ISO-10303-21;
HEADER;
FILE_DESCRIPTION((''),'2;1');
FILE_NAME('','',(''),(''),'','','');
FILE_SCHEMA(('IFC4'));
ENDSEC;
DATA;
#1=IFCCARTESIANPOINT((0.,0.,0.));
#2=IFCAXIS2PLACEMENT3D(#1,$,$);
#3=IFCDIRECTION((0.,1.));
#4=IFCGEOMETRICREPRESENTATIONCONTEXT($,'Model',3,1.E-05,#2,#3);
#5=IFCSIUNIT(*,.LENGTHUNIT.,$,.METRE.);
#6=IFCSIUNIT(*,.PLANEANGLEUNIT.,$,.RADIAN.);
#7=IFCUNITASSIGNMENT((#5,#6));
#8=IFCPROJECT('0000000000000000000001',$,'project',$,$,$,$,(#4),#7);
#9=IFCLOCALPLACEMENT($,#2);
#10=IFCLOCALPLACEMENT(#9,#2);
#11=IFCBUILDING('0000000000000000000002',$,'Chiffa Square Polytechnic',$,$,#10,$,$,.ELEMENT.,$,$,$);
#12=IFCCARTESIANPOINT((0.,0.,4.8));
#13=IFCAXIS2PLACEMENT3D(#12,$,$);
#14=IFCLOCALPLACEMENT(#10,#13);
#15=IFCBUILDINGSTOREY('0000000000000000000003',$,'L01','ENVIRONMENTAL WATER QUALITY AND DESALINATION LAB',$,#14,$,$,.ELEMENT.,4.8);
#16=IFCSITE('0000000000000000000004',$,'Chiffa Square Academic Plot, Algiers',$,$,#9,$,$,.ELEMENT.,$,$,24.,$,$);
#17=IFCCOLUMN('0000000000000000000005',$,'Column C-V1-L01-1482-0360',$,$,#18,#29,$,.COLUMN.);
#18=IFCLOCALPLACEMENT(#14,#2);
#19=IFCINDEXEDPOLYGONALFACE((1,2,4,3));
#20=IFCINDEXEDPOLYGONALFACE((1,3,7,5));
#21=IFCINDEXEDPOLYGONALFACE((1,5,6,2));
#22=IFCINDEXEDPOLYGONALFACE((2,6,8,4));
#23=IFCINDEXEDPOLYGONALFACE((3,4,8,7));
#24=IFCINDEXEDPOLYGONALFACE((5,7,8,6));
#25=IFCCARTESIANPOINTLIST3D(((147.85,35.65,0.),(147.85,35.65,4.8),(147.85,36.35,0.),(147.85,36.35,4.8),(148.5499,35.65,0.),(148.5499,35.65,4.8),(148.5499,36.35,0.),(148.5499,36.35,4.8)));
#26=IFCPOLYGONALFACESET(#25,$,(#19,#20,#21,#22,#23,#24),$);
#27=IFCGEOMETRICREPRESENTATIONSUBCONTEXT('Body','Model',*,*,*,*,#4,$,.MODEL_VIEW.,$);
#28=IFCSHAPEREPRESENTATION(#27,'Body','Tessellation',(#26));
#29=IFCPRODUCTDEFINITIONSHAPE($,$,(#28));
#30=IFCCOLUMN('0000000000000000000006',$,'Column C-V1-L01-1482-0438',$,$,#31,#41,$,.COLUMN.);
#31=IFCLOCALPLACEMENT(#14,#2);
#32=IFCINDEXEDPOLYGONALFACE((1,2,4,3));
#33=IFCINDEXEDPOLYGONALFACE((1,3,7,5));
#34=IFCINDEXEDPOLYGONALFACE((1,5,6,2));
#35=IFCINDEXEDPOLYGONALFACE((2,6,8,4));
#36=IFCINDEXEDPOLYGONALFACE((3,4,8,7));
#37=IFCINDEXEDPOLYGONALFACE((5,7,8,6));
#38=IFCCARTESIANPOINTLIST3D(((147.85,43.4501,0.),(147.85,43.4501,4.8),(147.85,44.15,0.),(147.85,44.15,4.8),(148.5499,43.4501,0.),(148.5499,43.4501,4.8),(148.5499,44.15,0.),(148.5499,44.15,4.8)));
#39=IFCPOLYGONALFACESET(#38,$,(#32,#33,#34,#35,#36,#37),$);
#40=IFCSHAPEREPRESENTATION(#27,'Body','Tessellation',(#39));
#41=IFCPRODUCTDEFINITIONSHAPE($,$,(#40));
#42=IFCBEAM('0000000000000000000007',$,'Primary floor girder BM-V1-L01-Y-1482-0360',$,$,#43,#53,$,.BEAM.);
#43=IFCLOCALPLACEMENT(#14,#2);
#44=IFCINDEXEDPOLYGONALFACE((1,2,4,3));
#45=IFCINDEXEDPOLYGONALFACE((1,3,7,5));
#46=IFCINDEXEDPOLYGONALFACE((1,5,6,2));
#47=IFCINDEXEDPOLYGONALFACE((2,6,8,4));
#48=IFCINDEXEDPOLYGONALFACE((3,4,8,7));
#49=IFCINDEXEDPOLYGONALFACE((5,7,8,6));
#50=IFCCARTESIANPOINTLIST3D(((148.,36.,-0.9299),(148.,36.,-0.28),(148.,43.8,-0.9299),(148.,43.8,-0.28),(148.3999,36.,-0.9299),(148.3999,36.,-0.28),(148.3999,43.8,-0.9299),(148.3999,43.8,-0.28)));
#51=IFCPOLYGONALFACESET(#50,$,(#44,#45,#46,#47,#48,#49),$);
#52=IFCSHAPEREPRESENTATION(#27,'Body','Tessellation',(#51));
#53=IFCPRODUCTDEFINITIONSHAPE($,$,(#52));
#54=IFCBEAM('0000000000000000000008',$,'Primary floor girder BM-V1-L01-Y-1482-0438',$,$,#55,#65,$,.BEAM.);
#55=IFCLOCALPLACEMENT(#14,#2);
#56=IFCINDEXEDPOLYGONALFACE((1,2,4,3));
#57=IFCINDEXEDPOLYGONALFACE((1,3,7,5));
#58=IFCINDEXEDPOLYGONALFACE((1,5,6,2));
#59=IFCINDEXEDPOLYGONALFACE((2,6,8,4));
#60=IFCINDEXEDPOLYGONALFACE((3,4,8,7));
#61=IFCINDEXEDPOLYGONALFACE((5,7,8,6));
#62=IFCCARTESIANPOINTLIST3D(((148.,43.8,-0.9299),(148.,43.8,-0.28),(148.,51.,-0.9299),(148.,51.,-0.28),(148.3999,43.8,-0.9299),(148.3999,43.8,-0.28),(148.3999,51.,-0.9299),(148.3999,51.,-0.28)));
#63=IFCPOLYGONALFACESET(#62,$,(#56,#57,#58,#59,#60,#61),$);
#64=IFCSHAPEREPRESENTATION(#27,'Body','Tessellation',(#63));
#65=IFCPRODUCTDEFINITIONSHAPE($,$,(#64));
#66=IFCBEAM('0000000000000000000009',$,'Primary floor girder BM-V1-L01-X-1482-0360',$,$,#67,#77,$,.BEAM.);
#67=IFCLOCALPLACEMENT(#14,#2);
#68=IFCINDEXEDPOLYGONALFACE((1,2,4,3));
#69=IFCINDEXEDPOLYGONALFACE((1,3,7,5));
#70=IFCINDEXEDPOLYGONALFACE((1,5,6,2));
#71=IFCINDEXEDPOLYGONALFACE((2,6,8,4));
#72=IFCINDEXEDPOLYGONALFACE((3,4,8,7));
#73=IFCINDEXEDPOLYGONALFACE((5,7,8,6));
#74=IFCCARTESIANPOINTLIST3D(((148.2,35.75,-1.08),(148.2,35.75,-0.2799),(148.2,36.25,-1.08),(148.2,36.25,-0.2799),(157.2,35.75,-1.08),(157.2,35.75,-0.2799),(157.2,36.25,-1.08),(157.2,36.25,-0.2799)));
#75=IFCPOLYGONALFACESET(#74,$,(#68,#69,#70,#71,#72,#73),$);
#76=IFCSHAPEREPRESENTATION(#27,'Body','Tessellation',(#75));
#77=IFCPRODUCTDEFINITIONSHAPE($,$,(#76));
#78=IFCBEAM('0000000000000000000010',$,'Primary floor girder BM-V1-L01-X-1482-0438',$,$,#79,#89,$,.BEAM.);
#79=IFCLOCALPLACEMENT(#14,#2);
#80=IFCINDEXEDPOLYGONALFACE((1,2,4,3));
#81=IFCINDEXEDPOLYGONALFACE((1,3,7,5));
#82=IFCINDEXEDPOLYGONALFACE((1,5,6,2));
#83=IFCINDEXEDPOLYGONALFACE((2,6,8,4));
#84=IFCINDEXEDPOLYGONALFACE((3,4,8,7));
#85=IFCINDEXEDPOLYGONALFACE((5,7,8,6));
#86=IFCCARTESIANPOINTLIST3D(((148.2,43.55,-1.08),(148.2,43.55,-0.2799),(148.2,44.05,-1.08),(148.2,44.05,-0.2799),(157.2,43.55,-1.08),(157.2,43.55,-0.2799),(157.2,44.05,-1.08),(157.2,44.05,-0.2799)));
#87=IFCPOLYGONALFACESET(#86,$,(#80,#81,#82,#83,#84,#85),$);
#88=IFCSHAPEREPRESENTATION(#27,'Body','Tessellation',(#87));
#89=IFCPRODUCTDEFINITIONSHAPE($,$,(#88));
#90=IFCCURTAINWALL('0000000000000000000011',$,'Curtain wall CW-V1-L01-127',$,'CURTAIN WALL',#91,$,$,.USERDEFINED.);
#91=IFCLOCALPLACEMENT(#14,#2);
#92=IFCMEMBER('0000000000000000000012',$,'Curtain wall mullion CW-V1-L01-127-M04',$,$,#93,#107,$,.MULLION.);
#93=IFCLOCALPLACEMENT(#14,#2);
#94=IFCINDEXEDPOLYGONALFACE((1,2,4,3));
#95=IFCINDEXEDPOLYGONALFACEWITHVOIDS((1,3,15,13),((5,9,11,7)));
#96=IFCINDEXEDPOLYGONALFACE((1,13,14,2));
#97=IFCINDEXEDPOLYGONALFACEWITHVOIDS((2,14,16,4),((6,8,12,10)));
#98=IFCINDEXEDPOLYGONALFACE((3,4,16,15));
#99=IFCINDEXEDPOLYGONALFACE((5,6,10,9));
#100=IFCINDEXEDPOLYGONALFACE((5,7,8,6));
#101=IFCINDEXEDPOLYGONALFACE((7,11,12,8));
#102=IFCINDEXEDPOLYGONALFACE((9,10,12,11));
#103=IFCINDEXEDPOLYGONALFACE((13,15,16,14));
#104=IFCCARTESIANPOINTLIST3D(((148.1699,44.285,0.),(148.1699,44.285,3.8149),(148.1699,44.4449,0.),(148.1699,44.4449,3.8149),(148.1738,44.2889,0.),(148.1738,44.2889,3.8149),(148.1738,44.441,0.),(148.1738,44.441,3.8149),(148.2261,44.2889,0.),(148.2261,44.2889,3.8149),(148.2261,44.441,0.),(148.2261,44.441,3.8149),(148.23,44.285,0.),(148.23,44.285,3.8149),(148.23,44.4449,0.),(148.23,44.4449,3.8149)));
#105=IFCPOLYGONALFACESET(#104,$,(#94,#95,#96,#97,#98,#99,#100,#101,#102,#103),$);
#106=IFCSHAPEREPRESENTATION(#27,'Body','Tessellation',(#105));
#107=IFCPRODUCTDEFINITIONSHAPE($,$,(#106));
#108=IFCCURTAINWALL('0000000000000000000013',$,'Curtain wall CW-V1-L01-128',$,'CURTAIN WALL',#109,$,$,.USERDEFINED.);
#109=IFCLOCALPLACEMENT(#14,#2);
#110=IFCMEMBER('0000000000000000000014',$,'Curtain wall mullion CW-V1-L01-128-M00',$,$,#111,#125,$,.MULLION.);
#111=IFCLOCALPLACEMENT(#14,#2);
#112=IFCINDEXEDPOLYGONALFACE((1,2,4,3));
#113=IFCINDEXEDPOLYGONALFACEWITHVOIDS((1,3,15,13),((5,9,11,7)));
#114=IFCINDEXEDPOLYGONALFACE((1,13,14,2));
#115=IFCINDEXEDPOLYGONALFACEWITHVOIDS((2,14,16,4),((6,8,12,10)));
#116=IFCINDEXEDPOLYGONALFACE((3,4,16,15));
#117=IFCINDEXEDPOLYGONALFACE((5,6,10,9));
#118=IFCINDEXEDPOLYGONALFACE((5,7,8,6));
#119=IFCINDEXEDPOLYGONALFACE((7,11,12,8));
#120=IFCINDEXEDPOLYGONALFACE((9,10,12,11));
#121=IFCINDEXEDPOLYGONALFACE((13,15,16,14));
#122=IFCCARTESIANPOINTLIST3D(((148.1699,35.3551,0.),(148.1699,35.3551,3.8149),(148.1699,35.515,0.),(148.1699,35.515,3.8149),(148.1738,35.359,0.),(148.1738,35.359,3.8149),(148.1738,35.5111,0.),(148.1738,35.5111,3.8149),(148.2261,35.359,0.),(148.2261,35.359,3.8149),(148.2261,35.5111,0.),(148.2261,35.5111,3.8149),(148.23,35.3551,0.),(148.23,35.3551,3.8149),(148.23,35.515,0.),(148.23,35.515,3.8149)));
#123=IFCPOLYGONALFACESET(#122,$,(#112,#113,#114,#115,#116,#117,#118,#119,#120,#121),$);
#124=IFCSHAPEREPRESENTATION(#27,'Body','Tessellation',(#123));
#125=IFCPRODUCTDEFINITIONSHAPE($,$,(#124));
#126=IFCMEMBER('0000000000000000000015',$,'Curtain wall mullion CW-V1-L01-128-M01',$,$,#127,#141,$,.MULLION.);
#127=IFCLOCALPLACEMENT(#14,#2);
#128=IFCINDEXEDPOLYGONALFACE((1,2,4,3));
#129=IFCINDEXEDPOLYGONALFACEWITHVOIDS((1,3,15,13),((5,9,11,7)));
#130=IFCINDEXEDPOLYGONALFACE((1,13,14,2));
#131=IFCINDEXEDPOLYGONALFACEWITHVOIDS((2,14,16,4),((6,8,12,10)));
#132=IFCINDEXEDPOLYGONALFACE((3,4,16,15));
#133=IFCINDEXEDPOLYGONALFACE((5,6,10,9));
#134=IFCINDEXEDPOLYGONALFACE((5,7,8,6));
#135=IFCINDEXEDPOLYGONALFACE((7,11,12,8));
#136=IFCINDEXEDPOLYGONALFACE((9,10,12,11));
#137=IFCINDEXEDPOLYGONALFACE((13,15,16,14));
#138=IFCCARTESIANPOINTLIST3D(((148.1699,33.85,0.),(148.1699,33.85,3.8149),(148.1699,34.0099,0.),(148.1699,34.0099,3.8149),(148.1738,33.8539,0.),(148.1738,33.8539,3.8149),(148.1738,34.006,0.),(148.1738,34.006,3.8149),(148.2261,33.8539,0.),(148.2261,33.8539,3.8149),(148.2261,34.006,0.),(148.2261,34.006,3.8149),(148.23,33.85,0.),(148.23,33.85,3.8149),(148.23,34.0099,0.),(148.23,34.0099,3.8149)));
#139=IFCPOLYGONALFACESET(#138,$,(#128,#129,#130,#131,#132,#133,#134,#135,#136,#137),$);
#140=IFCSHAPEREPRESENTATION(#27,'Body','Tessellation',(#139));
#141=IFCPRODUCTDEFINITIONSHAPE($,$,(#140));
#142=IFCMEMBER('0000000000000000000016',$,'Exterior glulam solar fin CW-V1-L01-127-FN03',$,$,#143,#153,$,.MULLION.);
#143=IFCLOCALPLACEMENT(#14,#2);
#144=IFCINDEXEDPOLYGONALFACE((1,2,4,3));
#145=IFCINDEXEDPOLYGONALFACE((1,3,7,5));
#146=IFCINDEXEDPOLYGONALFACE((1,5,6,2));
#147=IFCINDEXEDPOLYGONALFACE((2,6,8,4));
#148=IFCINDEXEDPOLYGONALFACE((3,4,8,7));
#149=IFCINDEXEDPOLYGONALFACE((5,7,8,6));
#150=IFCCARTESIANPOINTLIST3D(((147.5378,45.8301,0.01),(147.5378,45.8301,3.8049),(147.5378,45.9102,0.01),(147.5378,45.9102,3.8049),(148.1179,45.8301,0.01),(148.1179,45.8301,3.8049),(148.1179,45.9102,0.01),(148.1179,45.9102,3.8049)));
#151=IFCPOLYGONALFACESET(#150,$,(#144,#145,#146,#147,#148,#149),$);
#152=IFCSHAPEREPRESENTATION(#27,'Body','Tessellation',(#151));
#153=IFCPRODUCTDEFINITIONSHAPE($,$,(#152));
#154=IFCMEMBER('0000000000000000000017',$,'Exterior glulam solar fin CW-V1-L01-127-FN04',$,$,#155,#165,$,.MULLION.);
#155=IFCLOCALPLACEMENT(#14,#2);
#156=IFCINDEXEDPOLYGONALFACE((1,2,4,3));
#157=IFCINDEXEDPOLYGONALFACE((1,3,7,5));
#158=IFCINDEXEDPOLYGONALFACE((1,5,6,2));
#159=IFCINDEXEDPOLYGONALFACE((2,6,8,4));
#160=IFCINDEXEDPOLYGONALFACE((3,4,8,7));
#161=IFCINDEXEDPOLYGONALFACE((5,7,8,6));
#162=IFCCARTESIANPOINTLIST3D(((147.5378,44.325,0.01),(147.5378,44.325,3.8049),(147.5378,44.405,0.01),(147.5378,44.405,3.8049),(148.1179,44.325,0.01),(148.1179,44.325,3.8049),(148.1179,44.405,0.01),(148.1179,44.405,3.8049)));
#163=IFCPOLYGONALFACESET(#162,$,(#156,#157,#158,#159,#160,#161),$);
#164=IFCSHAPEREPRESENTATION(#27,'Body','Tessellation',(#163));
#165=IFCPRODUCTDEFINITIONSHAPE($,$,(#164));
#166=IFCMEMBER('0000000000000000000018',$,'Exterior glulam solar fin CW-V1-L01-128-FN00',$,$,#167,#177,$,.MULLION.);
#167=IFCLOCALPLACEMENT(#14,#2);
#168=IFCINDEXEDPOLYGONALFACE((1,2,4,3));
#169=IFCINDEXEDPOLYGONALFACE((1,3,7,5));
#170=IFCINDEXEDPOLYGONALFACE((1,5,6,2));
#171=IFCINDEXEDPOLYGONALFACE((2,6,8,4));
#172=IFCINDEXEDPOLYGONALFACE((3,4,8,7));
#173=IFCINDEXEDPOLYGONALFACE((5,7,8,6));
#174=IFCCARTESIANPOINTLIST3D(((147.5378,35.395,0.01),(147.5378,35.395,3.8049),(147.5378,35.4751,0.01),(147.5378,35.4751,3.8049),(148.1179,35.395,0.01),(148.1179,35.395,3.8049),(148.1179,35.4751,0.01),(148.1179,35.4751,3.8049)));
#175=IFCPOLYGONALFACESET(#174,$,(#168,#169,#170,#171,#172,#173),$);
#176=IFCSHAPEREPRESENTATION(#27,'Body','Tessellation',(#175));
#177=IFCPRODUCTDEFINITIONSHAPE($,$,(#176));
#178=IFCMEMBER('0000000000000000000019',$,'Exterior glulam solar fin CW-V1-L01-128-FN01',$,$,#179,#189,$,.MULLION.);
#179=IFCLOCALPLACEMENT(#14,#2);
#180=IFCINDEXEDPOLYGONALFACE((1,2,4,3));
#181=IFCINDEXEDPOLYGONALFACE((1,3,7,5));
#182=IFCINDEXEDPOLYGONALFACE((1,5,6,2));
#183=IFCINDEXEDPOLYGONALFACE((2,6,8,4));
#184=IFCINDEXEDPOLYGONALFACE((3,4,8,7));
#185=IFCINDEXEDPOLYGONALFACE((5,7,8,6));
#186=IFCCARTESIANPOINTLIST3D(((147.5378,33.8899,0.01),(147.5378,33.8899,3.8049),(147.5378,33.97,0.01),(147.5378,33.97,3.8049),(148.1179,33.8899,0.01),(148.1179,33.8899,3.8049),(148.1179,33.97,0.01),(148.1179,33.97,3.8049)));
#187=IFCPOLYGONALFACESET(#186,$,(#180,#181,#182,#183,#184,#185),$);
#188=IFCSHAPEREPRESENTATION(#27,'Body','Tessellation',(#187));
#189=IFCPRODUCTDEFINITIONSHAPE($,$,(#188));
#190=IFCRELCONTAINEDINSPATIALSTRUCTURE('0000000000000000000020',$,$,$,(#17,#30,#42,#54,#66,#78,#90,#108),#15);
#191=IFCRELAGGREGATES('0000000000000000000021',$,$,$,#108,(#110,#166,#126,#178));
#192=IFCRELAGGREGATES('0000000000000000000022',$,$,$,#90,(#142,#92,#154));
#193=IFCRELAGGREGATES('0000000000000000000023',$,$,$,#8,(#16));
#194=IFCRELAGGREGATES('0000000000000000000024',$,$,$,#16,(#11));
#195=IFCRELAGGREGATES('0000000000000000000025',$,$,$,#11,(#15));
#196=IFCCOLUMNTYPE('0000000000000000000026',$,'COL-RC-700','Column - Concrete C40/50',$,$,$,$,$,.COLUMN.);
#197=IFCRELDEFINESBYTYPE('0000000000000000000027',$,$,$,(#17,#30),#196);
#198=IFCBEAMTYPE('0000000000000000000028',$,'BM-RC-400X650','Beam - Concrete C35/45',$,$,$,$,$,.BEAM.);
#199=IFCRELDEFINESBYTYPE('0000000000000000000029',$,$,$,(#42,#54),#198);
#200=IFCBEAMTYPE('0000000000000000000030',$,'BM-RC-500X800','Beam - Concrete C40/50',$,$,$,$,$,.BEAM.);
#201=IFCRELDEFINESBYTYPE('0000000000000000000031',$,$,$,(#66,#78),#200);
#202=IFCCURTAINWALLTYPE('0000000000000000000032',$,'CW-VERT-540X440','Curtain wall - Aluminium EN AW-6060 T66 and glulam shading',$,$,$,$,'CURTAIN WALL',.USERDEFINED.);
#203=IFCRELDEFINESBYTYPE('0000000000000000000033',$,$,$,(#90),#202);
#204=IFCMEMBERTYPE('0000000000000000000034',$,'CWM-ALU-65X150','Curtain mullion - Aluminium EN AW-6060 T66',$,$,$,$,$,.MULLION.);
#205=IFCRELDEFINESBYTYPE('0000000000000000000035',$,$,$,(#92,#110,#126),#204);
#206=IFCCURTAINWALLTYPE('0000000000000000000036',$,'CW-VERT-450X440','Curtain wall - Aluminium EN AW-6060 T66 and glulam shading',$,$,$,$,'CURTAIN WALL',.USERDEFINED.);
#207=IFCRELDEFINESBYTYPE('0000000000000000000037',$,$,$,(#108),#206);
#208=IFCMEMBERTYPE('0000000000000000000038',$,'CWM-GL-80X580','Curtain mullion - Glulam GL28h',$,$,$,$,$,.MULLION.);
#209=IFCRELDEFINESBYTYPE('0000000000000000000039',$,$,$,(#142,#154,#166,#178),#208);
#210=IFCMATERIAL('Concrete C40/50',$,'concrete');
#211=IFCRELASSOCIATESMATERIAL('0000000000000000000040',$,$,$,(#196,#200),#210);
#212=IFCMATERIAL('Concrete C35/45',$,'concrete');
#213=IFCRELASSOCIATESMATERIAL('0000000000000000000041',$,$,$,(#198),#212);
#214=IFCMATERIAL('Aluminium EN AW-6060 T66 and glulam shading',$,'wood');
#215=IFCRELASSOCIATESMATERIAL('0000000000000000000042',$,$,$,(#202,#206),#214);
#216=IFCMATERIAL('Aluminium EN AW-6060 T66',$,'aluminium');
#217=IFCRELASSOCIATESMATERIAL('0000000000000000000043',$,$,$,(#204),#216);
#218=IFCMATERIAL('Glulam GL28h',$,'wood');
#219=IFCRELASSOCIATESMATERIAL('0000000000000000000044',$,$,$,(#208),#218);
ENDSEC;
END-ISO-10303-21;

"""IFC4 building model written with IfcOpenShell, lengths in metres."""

from ifc_helpers import new_model, si_unit, direction, frame, origin, origin_2d, place, context, subcontext, project, spatial, rectangle, hollow_rectangle, extrude, material, material_profile, profile_set, type_object, element, aggregate, save


model = new_model("IFC4")

# Units and contexts
model_context = context("Model", 3, precision=1e-05, world=origin(), true_north=direction((0.0, 1.0)))
body_context = subcontext(model_context, "Body", "Model", "MODEL_VIEW")
ifc_project = project(units=[si_unit("LENGTHUNIT", "METRE"), si_unit("PLANEANGLEUNIT", "RADIAN")], contexts=[model_context])

# Site, building, storey
site_placement = place(None, origin())
site = spatial("IfcSite", under=ifc_project, at=site_placement, Name="Chiffa Square Academic Plot, Algiers", CompositionType="ELEMENT", RefElevation=24.0)
building_placement = place(site_placement, origin())
building = spatial("IfcBuilding", under=site, at=building_placement, Name="Chiffa Square Polytechnic", CompositionType="ELEMENT")
storey_placement = place(building_placement, frame((0.0, 0.0, 4.8)))
storey = spatial("IfcBuildingStorey", under=building, at=storey_placement, Name="L01", Description="ENVIRONMENTAL WATER QUALITY AND DESALINATION LAB", CompositionType="ELEMENT", Elevation=4.8)

# Columns
ifc_material_1 = material(Name="Concrete C40/50", Category="concrete")
ifc_material_profile_1 = material_profile(ifc_material_1, rectangle(XDim=0.7, YDim=0.7, at=origin_2d()), Name="RC 700x700")
ifc_profile_set_1 = profile_set([ifc_material_profile_1], Name="Concrete C40/50")
column_type = type_object("IfcColumnType", Name="COL-RC-700", Description="Column - Concrete C40/50", PredefinedType="COLUMN", material=ifc_profile_set_1)
for number, where, z_axis, x_axis, name in (
    (1, (148.2, 36.0, 0.0), (0.0, 0.0, 1.0), (1.0, 0.0, 0.0), "Column C-V1-L01-1482-0360"),
    (2, (148.2, 43.8, 0.0), (0.0, 0.0, 1.0), (1.0, 0.0, 0.0), "Column C-V1-L01-1482-0438"),
):
    element("IfcColumn", number, at=place(storey_placement, frame(where, z_axis=z_axis, x_axis=x_axis)), inside=storey, type_object=column_type, Name=name, PredefinedType="COLUMN", context=body_context, shape_type="SweptSolid", body=[
        extrude(rectangle(XDim=0.7, YDim=0.7, at=origin_2d()), origin(), (0.0, 0.0, 1.0), 4.8),
    ])

# Beams
ifc_material_2 = material(Name="Concrete C35/45", Category="concrete")
ifc_material_profile_2 = material_profile(ifc_material_2, rectangle(XDim=0.3999, YDim=0.6499, at=origin_2d()), Name="RC 400x650")
ifc_profile_set_2 = profile_set([ifc_material_profile_2], Name="Concrete C35/45")
beam_type_1 = type_object("IfcBeamType", Name="BM-RC-400X650", Description="Beam - Concrete C35/45", PredefinedType="BEAM", material=ifc_profile_set_2)
beam_1_placement = place(storey_placement, frame((148.2, 36.0, -0.605), z_axis=(0.0, 1.0, 0.0), x_axis=(-1.0, 0.0, 0.0)))
element("IfcBeam", 3, at=beam_1_placement, inside=storey, type_object=beam_type_1, Name="Primary floor girder BM-V1-L01-Y-1482-0360", PredefinedType="BEAM", context=body_context, shape_type="SweptSolid", body=[
    extrude(rectangle(XDim=0.3999, YDim=0.6499, at=origin_2d()), origin(), (0.0, 0.0, 1.0), 7.8),
])
beam_2_placement = place(storey_placement, frame((148.2, 43.8, -0.605), z_axis=(0.0, 1.0, 0.0), x_axis=(-1.0, 0.0, 0.0)))
element("IfcBeam", 4, at=beam_2_placement, inside=storey, type_object=beam_type_1, Name="Primary floor girder BM-V1-L01-Y-1482-0438", PredefinedType="BEAM", context=body_context, shape_type="SweptSolid", body=[
    extrude(rectangle(XDim=0.3999, YDim=0.6499, at=origin_2d()), origin(), (0.0, 0.0, 1.0), 7.2),
])
ifc_material_profile_3 = material_profile(ifc_material_1, rectangle(XDim=0.5, YDim=0.8, at=origin_2d()), Name="RC 500x800")
ifc_profile_set_3 = profile_set([ifc_material_profile_3], Name="Concrete C40/50")
beam_type_2 = type_object("IfcBeamType", Name="BM-RC-500X800", Description="Beam - Concrete C40/50", PredefinedType="BEAM", material=ifc_profile_set_3)
for number, where, z_axis, x_axis, name in (
    (5, (148.2, 36.0, -0.6799), (1.0, 0.0, 0.0), (0.0, 1.0, 0.0), "Primary floor girder BM-V1-L01-X-1482-0360"),
    (6, (148.2, 43.8, -0.6799), (1.0, 0.0, 0.0), (0.0, 1.0, 0.0), "Primary floor girder BM-V1-L01-X-1482-0438"),
):
    element("IfcBeam", number, at=place(storey_placement, frame(where, z_axis=z_axis, x_axis=x_axis)), inside=storey, type_object=beam_type_2, Name=name, PredefinedType="BEAM", context=body_context, shape_type="SweptSolid", body=[
        extrude(rectangle(XDim=0.5, YDim=0.8, at=origin_2d()), origin(), (0.0, 0.0, 1.0), 9.0),
    ])

# Curtain wall, member
ifc_material_3 = material(Name="Aluminium EN AW-6060 T66 and glulam shading", Category="wood")
curtain_wall_type_1 = type_object("IfcCurtainWallType", Name="CW-VERT-540X440", Description="Curtain wall - Aluminium EN AW-6060 T66 and glulam shading", ElementType="CURTAIN WALL", PredefinedType="USERDEFINED", material=ifc_material_3)
curtain_wall_1_placement = place(storey_placement, origin())
curtain_wall_1 = element("IfcCurtainWall", 7, at=curtain_wall_1_placement, inside=storey, type_object=curtain_wall_type_1, Name="Curtain wall CW-V1-L01-127", ObjectType="CURTAIN WALL", PredefinedType="USERDEFINED")
ifc_material_4 = material(Name="Aluminium EN AW-6060 T66", Category="aluminium")
ifc_material_profile_4 = material_profile(ifc_material_4, hollow_rectangle(XDim=0.0601, YDim=0.1599, WallThickness=0.0039, at=origin_2d()), Name="ALU 60x160x4")
ifc_profile_set_4 = profile_set([ifc_material_profile_4], Name="Aluminium EN AW-6060 T66")
member_type_1 = type_object("IfcMemberType", Name="CWM-ALU-65X150", Description="Curtain mullion - Aluminium EN AW-6060 T66", PredefinedType="MULLION", material=ifc_profile_set_4)
member_1_placement = place(storey_placement, frame((148.2, 44.365, 0.0), z_axis=(0.0, 0.0, 1.0), x_axis=(1.0, 0.0, 0.0)))
member_1 = element("IfcMember", 8, at=member_1_placement, type_object=member_type_1, Name="Curtain wall mullion CW-V1-L01-127-M04", PredefinedType="MULLION", context=body_context, shape_type="SweptSolid", body=[
    extrude(hollow_rectangle(XDim=0.0601, YDim=0.1599, WallThickness=0.0039, at=origin_2d()), origin(), (0.0, 0.0, 1.0), 3.8149),
])

# Curtain wall, members
curtain_wall_type_2 = type_object("IfcCurtainWallType", Name="CW-VERT-450X440", Description="Curtain wall - Aluminium EN AW-6060 T66 and glulam shading", ElementType="CURTAIN WALL", PredefinedType="USERDEFINED", material=ifc_material_3)
curtain_wall_2_placement = place(storey_placement, origin())
curtain_wall_2 = element("IfcCurtainWall", 9, at=curtain_wall_2_placement, inside=storey, type_object=curtain_wall_type_2, Name="Curtain wall CW-V1-L01-128", ObjectType="CURTAIN WALL", PredefinedType="USERDEFINED")
member_2_placement = place(storey_placement, frame((148.2, 35.4351, 0.0), z_axis=(0.0, 0.0, 1.0), x_axis=(1.0, 0.0, 0.0)))
member_2 = element("IfcMember", 10, at=member_2_placement, type_object=member_type_1, Name="Curtain wall mullion CW-V1-L01-128-M00", PredefinedType="MULLION", context=body_context, shape_type="SweptSolid", body=[
    extrude(hollow_rectangle(XDim=0.0601, YDim=0.1599, WallThickness=0.0039, at=origin_2d()), origin(), (0.0, 0.0, 1.0), 3.8149),
])
member_3_placement = place(storey_placement, frame((148.2, 33.9299, 0.0), z_axis=(0.0, 0.0, 1.0), x_axis=(1.0, 0.0, 0.0)))
member_3 = element("IfcMember", 11, at=member_3_placement, type_object=member_type_1, Name="Curtain wall mullion CW-V1-L01-128-M01", PredefinedType="MULLION", context=body_context, shape_type="SweptSolid", body=[
    extrude(hollow_rectangle(XDim=0.0601, YDim=0.1599, WallThickness=0.0039, at=origin_2d()), origin(), (0.0, 0.0, 1.0), 3.8149),
])

# Members
ifc_material_5 = material(Name="Glulam GL28h", Category="wood")
ifc_material_profile_5 = material_profile(ifc_material_5, rectangle(XDim=0.0801, YDim=0.5801, at=origin_2d()), Name="GL28h 80x580")
ifc_profile_set_5 = profile_set([ifc_material_profile_5], Name="Glulam GL28h")
member_type_2 = type_object("IfcMemberType", Name="CWM-GL-80X580", Description="Curtain mullion - Glulam GL28h", PredefinedType="MULLION", material=ifc_profile_set_5)
member_4_placement = place(storey_placement, frame((147.8279, 45.8701, 0.01), z_axis=(0.0, 0.0, 1.0), x_axis=(0.0, -1.0, 0.0)))
member_4 = element("IfcMember", 12, at=member_4_placement, type_object=member_type_2, Name="Exterior glulam solar fin CW-V1-L01-127-FN03", PredefinedType="MULLION", context=body_context, shape_type="SweptSolid", body=[
    extrude(rectangle(XDim=0.0801, YDim=0.5801, at=origin_2d()), origin(), (0.0, 0.0, 1.0), 3.7949),
])
member_5_placement = place(storey_placement, frame((147.8279, 44.365, 0.01), z_axis=(0.0, 0.0, 1.0), x_axis=(0.0, -1.0, 0.0)))
member_5 = element("IfcMember", 13, at=member_5_placement, type_object=member_type_2, Name="Exterior glulam solar fin CW-V1-L01-127-FN04", PredefinedType="MULLION", context=body_context, shape_type="SweptSolid", body=[
    extrude(rectangle(XDim=0.0801, YDim=0.5801, at=origin_2d()), origin(), (0.0, 0.0, 1.0), 3.7949),
])
member_6_placement = place(storey_placement, frame((147.8279, 35.4351, 0.01), z_axis=(0.0, 0.0, 1.0), x_axis=(0.0, -1.0, 0.0)))
member_6 = element("IfcMember", 14, at=member_6_placement, type_object=member_type_2, Name="Exterior glulam solar fin CW-V1-L01-128-FN00", PredefinedType="MULLION", context=body_context, shape_type="SweptSolid", body=[
    extrude(rectangle(XDim=0.0801, YDim=0.5801, at=origin_2d()), origin(), (0.0, 0.0, 1.0), 3.7949),
])
member_7_placement = place(storey_placement, frame((147.8279, 33.9299, 0.01), z_axis=(0.0, 0.0, 1.0), x_axis=(0.0, -1.0, 0.0)))
member_7 = element("IfcMember", 15, at=member_7_placement, type_object=member_type_2, Name="Exterior glulam solar fin CW-V1-L01-128-FN01", PredefinedType="MULLION", context=body_context, shape_type="SweptSolid", body=[
    extrude(rectangle(XDim=0.0801, YDim=0.5801, at=origin_2d()), origin(), (0.0, 0.0, 1.0), 3.7949),
])

aggregate(curtain_wall_2, [member_2, member_6, member_3, member_7])
aggregate(curtain_wall_1, [member_4, member_1, member_5])

save(model, "model.ifc")
